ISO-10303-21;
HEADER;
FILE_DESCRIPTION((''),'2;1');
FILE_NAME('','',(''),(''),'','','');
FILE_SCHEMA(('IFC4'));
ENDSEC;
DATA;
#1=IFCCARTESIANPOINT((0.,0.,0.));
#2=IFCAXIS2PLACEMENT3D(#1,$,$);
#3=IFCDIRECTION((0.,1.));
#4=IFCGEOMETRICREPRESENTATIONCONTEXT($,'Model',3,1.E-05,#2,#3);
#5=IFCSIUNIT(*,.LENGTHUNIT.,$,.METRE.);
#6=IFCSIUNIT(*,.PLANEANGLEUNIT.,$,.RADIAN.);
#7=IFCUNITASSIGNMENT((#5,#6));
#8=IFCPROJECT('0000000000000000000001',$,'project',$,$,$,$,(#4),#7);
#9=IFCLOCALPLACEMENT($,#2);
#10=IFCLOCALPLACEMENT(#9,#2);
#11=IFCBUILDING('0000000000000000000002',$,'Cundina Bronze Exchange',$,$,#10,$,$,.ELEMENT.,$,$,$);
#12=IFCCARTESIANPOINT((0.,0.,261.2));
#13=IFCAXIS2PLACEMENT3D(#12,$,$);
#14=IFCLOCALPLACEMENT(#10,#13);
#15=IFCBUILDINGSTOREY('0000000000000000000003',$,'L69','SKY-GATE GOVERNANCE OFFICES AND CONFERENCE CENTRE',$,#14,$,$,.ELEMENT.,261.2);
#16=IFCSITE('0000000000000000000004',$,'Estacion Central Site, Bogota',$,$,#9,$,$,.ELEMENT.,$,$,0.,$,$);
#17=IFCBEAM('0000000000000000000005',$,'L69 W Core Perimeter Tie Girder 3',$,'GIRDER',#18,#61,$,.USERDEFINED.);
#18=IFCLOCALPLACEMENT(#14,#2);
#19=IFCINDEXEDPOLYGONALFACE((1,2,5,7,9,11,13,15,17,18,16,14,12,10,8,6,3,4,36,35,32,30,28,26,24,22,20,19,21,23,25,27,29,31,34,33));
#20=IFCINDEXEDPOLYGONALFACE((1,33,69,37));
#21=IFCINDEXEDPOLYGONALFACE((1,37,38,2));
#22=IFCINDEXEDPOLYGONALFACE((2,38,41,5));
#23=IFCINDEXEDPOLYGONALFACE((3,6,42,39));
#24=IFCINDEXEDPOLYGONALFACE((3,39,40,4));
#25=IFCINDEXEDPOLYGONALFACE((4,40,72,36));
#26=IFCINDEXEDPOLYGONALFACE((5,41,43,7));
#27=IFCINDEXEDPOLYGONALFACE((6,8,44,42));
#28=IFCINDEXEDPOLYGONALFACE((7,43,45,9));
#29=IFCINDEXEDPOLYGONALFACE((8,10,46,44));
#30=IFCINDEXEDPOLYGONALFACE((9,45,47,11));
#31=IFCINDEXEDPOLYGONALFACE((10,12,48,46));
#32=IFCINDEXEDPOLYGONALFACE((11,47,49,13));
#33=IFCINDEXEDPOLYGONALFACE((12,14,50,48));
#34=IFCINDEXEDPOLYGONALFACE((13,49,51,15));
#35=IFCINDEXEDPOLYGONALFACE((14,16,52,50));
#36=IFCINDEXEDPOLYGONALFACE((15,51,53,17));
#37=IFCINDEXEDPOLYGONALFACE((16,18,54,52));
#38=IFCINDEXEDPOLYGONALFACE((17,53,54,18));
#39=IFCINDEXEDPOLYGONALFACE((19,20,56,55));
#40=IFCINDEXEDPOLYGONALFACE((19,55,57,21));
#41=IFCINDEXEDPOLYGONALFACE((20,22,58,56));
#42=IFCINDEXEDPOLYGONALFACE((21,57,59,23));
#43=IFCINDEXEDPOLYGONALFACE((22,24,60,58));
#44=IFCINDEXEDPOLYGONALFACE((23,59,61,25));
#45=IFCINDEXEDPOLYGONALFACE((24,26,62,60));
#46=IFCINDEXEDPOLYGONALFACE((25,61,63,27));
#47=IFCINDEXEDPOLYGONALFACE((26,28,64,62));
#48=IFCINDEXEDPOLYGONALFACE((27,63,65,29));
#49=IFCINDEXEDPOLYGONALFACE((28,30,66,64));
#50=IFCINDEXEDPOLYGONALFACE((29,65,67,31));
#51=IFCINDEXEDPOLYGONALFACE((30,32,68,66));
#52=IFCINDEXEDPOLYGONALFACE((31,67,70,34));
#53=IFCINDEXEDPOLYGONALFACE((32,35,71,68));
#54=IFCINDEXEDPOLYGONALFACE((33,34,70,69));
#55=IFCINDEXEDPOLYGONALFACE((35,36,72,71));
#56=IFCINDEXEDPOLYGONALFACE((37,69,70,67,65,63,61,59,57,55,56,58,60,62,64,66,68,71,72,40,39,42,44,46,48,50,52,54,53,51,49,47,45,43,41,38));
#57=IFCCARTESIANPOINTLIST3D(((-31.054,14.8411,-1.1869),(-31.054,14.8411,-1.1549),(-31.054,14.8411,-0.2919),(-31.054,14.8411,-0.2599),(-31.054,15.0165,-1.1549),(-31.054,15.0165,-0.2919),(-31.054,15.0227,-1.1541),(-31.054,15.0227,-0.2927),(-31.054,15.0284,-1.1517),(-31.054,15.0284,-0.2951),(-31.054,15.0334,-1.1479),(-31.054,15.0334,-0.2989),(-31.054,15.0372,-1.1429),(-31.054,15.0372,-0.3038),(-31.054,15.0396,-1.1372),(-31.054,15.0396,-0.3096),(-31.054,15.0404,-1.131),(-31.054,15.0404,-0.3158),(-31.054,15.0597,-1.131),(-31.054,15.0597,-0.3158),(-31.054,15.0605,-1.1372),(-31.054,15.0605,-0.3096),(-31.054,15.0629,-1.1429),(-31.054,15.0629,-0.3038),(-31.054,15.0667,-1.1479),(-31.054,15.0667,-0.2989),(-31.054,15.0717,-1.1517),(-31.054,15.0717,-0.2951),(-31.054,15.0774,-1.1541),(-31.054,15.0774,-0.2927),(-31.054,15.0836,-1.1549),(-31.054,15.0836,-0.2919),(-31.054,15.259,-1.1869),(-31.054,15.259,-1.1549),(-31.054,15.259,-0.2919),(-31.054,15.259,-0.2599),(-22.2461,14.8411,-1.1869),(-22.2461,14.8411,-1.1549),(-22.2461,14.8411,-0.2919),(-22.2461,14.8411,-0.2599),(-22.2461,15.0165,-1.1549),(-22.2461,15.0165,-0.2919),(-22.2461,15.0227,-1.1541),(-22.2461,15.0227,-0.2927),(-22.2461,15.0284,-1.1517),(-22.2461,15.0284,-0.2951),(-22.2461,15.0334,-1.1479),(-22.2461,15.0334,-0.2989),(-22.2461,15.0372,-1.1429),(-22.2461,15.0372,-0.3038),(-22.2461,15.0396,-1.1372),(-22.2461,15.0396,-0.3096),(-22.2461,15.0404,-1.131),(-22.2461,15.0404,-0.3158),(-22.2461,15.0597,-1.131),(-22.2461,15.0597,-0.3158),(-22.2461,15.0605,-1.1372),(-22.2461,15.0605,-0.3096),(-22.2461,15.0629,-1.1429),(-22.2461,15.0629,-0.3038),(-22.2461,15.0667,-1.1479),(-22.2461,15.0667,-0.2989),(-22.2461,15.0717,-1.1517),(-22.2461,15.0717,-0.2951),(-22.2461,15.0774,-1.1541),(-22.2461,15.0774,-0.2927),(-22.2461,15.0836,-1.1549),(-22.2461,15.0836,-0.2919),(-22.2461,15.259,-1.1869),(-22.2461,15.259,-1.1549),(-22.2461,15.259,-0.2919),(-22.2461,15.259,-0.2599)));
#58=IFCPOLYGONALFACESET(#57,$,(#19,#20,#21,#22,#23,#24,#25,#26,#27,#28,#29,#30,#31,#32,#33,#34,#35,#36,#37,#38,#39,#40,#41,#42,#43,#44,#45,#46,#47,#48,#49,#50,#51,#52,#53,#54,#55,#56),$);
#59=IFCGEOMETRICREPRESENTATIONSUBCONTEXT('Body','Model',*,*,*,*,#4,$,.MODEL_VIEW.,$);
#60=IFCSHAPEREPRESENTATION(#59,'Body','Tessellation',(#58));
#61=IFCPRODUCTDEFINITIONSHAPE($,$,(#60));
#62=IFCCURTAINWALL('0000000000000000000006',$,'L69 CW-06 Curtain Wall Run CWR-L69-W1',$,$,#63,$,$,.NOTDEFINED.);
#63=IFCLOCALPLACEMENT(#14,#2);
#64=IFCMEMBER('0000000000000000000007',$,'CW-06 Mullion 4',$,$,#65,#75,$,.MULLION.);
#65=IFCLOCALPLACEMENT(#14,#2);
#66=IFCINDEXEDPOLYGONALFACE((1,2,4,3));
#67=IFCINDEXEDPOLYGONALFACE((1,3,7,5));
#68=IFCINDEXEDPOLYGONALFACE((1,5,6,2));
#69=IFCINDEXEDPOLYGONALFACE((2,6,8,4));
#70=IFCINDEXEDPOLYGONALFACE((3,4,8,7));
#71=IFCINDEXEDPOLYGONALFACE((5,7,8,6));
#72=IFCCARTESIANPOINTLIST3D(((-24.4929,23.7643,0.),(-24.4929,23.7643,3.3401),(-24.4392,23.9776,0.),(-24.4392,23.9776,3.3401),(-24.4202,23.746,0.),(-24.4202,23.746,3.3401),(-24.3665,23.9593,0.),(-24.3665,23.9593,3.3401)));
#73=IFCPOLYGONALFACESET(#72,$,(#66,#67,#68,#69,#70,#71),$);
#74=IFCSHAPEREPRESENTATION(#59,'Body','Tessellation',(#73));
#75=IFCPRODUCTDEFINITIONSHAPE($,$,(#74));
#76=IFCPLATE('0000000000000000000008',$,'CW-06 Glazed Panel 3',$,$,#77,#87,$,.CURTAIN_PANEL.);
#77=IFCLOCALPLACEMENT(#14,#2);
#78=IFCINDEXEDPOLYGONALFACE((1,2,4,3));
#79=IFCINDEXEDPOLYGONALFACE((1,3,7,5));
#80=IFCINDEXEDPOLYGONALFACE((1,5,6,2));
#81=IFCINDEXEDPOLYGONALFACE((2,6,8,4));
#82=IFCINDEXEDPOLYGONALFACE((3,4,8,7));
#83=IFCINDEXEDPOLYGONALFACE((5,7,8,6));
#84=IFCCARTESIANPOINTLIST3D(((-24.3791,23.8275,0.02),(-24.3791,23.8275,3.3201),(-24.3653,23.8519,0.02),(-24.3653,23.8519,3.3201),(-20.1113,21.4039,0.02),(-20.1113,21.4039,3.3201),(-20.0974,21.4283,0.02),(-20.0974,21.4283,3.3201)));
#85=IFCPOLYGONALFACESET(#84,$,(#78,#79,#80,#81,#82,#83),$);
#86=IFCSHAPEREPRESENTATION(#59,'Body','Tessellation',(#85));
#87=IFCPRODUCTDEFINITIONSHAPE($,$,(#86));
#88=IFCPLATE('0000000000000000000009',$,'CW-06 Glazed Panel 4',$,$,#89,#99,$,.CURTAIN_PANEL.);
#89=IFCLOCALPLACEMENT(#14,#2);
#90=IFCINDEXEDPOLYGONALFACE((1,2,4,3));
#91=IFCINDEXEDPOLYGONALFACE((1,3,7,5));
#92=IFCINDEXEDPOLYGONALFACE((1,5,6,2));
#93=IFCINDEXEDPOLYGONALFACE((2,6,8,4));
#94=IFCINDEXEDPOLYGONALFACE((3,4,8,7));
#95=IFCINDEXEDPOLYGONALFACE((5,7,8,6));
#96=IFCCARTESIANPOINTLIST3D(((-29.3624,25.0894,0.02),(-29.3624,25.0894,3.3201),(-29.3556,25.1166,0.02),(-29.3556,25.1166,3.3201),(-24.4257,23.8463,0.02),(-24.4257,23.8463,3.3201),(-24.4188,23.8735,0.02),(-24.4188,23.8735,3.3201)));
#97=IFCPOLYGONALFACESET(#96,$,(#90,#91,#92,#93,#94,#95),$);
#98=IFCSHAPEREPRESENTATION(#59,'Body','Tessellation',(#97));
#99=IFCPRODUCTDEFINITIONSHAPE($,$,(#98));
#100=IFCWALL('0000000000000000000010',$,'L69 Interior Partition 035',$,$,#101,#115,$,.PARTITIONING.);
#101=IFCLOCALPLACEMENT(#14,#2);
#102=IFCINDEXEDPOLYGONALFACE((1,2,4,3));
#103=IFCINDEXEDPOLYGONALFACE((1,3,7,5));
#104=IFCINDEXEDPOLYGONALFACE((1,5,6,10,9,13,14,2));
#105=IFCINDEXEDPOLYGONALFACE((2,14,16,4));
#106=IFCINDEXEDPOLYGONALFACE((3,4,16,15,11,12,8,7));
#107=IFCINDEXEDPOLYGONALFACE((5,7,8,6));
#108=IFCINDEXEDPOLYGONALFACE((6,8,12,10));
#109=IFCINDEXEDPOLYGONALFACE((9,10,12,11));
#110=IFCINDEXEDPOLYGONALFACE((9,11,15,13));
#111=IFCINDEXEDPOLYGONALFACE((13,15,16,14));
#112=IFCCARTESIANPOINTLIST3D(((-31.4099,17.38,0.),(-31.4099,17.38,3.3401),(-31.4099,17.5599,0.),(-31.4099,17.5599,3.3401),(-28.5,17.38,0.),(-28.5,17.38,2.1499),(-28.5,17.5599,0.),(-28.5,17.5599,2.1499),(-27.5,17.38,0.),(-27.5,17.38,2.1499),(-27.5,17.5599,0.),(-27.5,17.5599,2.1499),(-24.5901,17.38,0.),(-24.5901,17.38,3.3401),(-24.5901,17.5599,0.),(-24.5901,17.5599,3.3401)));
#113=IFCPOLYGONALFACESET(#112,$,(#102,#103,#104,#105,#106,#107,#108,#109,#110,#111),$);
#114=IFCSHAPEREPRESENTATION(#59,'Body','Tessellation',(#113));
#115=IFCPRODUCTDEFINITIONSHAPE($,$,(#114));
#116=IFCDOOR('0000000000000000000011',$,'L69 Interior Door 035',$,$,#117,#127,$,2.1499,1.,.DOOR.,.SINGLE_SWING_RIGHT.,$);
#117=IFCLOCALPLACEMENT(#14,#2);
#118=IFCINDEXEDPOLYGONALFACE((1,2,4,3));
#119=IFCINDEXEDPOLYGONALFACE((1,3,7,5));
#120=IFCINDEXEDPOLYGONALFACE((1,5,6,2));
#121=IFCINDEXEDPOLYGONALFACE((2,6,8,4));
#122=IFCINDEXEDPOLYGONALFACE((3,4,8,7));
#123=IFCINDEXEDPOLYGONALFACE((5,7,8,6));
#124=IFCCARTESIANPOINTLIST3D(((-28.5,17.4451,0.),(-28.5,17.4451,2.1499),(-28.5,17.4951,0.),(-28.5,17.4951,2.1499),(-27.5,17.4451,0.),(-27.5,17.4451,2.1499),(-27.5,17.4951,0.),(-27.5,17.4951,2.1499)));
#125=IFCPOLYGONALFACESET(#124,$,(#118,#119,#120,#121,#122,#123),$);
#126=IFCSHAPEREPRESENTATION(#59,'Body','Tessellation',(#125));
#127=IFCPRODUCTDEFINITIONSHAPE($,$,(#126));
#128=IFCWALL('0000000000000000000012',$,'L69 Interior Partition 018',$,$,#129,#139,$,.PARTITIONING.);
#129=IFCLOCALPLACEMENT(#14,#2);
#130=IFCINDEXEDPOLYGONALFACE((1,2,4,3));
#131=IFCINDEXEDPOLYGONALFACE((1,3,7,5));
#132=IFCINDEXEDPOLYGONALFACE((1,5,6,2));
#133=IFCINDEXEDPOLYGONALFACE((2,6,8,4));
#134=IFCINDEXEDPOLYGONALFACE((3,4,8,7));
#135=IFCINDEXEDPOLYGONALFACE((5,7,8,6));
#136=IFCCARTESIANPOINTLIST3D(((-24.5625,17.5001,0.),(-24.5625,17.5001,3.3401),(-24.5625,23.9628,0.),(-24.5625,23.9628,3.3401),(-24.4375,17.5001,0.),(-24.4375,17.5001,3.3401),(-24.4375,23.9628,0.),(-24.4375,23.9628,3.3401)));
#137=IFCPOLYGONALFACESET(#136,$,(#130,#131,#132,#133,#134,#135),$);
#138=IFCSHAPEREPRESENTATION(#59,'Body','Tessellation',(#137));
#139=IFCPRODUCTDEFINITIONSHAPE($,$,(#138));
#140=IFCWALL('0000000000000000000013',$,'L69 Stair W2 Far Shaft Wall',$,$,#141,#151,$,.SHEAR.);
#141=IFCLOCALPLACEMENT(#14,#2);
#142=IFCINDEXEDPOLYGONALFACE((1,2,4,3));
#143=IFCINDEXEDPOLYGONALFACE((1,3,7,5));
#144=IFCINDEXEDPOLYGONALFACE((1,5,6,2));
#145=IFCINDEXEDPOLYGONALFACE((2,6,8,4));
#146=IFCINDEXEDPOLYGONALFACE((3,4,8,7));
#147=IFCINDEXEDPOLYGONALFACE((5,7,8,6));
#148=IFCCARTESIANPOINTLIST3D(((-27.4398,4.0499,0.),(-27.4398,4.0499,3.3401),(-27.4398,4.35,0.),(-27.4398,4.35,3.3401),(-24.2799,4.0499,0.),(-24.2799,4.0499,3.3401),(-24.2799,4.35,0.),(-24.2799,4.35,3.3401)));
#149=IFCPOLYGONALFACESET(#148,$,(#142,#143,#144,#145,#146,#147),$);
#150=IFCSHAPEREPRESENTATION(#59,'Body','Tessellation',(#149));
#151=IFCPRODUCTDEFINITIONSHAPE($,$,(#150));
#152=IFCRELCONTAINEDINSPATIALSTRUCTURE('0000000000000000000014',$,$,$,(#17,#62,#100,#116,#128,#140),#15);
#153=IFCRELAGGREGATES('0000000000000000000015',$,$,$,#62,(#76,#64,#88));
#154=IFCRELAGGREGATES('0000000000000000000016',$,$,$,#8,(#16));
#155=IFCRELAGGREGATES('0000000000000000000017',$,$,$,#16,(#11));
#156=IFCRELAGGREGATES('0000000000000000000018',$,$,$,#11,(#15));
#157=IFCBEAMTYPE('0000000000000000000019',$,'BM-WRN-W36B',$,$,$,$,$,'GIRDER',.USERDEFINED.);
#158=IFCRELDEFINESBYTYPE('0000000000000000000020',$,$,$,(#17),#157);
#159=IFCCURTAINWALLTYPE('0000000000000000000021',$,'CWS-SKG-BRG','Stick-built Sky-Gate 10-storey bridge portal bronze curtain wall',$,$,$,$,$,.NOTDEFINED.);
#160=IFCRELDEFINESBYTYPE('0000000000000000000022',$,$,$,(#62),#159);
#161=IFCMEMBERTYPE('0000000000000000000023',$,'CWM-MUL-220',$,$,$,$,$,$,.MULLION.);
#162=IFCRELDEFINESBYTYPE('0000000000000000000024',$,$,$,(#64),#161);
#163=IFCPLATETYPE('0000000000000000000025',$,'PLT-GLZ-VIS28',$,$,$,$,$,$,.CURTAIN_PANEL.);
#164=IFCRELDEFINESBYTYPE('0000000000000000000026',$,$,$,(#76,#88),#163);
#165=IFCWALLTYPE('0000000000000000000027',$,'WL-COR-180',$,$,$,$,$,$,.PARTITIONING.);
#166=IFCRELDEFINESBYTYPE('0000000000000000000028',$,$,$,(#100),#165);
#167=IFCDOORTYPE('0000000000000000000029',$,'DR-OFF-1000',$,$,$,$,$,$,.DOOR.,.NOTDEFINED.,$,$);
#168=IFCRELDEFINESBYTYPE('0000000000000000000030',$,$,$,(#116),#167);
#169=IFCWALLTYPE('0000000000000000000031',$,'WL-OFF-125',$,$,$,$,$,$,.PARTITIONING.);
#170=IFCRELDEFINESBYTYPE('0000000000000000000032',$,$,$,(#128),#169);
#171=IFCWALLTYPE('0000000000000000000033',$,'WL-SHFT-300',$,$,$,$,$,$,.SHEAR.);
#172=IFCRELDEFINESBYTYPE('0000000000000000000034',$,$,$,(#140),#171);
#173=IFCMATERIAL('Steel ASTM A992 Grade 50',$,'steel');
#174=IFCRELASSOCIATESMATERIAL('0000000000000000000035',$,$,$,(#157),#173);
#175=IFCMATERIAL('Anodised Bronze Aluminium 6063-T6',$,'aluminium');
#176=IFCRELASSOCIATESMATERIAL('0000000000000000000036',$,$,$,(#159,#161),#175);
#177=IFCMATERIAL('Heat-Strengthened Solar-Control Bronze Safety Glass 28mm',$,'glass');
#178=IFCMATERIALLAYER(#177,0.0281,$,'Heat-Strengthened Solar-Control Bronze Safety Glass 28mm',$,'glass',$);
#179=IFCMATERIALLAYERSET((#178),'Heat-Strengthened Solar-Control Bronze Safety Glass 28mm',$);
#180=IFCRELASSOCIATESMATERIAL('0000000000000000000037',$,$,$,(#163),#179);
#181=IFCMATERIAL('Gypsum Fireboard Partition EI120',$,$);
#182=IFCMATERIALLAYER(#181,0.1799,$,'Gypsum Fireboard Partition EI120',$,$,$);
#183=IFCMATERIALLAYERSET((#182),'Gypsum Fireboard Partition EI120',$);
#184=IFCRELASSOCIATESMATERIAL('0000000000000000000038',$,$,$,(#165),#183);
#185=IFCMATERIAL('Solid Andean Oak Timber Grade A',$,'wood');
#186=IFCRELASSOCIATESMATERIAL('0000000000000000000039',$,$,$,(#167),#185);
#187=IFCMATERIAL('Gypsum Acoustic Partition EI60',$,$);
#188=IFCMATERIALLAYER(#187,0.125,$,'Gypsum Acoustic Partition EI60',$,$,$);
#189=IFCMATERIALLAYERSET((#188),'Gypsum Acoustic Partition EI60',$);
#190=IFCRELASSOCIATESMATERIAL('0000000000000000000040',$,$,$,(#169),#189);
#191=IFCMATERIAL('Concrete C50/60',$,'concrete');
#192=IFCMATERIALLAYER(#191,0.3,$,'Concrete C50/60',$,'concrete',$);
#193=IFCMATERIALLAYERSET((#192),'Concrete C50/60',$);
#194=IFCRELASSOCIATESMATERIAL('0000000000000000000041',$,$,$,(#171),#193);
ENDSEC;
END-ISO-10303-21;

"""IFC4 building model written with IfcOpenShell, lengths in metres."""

from ifc_helpers import new_model, si_unit, direction, frame, frame_2d, origin, origin_2d, place, context, subcontext, project, spatial, rectangle, i_section, extrude, material, layer, layer_set, material_profile, profile_set, type_object, element, fill, aggregate, save


model = new_model("IFC4")

# Units and contexts
model_context = context("Model", 3, precision=1e-05, world=origin(), true_north=direction((0.0, 1.0)))
body_context = subcontext(model_context, "Body", "Model", "MODEL_VIEW")
ifc_project = project(units=[si_unit("LENGTHUNIT", "METRE"), si_unit("PLANEANGLEUNIT", "RADIAN")], contexts=[model_context])

# Site, building, storey
site_placement = place(None, origin())
site = spatial("IfcSite", under=ifc_project, at=site_placement, Name="Estacion Central Site, Bogota", CompositionType="ELEMENT", RefElevation=0.0)
building_placement = place(site_placement, origin())
building = spatial("IfcBuilding", under=site, at=building_placement, Name="Cundina Bronze Exchange", CompositionType="ELEMENT")
storey_placement = place(building_placement, frame((0.0, 0.0, 261.2)))
storey = spatial("IfcBuildingStorey", under=building, at=storey_placement, Name="L69", Description="SKY-GATE GOVERNANCE OFFICES AND CONFERENCE CENTRE", CompositionType="ELEMENT", Elevation=261.2)

# Shared definitions
ifc_material_1 = material(Name="Concrete C50/60", Category="concrete")
ifc_material_2 = material(Name="Steel ASTM A992 Grade 50", Category="steel")

# Beam
ifc_material_profile_1 = material_profile(ifc_material_2, i_section(OverallWidth=0.418, OverallDepth=0.927, WebThickness=0.0193, FlangeThickness=0.032, FilletRadius=0.0239, at=origin_2d()), Name="W36X231", Category="steel")
ifc_profile_set_1 = profile_set([ifc_material_profile_1], Name="Steel ASTM A992 Grade 50")
beam_type_1 = type_object("IfcBeamType", Name="BM-WRN-W36B", ElementType="GIRDER", PredefinedType="USERDEFINED", material=ifc_profile_set_1)
beam_1_placement = place(storey_placement, frame((-22.2461, 15.05, -0.7234), z_axis=(-1.0, 0.0, 0.0), x_axis=(0.0, -1.0, 0.0)))
element("IfcBeam", 1, at=beam_1_placement, inside=storey, type_object=beam_type_1, Name="L69 W Core Perimeter Tie Girder 3", ObjectType="GIRDER", PredefinedType="USERDEFINED", context=body_context, shape_type="SweptSolid", body=[
    extrude(i_section(OverallWidth=0.418, OverallDepth=0.927, WebThickness=0.0193, FlangeThickness=0.032, FilletRadius=0.0239, at=origin_2d()), origin(), (0.0, 0.0, 1.0), 8.8079),
])

# Curtain wall, member, plates
ifc_material_3 = material(Name="Anodised Bronze Aluminium 6063-T6", Category="aluminium")
curtain_wall_type = type_object("IfcCurtainWallType", Name="CWS-SKG-BRG", Description="Stick-built Sky-Gate 10-storey bridge portal bronze curtain wall", PredefinedType="NOTDEFINED", material=ifc_material_3)
curtain_wall_placement = place(storey_placement, origin())
curtain_wall = element("IfcCurtainWall", 2, at=curtain_wall_placement, inside=storey, type_object=curtain_wall_type, Name="L69 CW-06 Curtain Wall Run CWR-L69-W1", PredefinedType="NOTDEFINED")
ifc_material_profile_2 = material_profile(ifc_material_3, rectangle(XDim=0.075, YDim=0.22, at=origin_2d()), Name="AL75X220", Category="aluminium")
ifc_profile_set_2 = profile_set([ifc_material_profile_2], Name="Anodised Bronze Aluminium 6063-T6")
member_type = type_object("IfcMemberType", Name="CWM-MUL-220", PredefinedType="MULLION", material=ifc_profile_set_2)
member_placement = place(storey_placement, frame((-24.4297, 23.8618, 0.0), z_axis=(0.0, 0.0, 1.0), x_axis=(-0.969744, 0.244123, 0.0)))
member = element("IfcMember", 3, at=member_placement, type_object=member_type, Name="CW-06 Mullion 4", PredefinedType="MULLION", context=body_context, shape_type="SweptSolid", body=[
    extrude(rectangle(XDim=0.075, YDim=0.22, at=origin_2d()), origin(), (0.0, 0.0, 1.0), 3.3401),
])
ifc_material_4 = material(Name="Heat-Strengthened Solar-Control Bronze Safety Glass 28mm", Category="glass")
ifc_layer_1 = layer(ifc_material_4, 0.0281, Name="Heat-Strengthened Solar-Control Bronze Safety Glass 28mm", Category="glass")
ifc_layer_set_1 = layer_set([ifc_layer_1], Name="Heat-Strengthened Solar-Control Bronze Safety Glass 28mm")
plate_type = type_object("IfcPlateType", Name="PLT-GLZ-VIS28", PredefinedType="CURTAIN_PANEL", material=ifc_layer_set_1)
plate_1_placement = place(storey_placement, frame((-22.2383, 22.6279, 0.02), z_axis=(0.0, 0.0, 1.0), x_axis=(-0.869573, 0.493805, 0.0)))
plate_1 = element("IfcPlate", 4, at=plate_1_placement, type_object=plate_type, Name="CW-06 Glazed Panel 3", PredefinedType="CURTAIN_PANEL", context=body_context, shape_type="SweptSolid", body=[
    extrude(rectangle(XDim=4.908, YDim=0.0281, at=origin_2d()), origin(), (0.0, 0.0, 1.0), 3.3),
])
plate_2_placement = place(storey_placement, frame((-26.8906, 24.4814, 0.02), z_axis=(0.0, 0.0, 1.0), x_axis=(-0.969732, 0.244174, 0.0)))
plate_2 = element("IfcPlate", 5, at=plate_2_placement, type_object=plate_type, Name="CW-06 Glazed Panel 4", PredefinedType="CURTAIN_PANEL", context=body_context, shape_type="SweptSolid", body=[
    extrude(rectangle(XDim=5.0908, YDim=0.0281, at=origin_2d()), origin(), (0.0, 0.0, 1.0), 3.3),
])
aggregate(curtain_wall, [plate_1, member, plate_2])

# Wall, opening, door
ifc_material_5 = material(Name="Gypsum Fireboard Partition EI120")
ifc_layer_2 = layer(ifc_material_5, 0.1799, Name="Gypsum Fireboard Partition EI120")
ifc_layer_set_2 = layer_set([ifc_layer_2], Name="Gypsum Fireboard Partition EI120")
wall_type_1 = type_object("IfcWallType", Name="WL-COR-180", PredefinedType="PARTITIONING", material=ifc_layer_set_2)
wall_1_placement = place(storey_placement, frame((-24.5901, 17.47, 0.0), z_axis=(0.0, 0.0, 1.0), x_axis=(-1.0, 0.0, 0.0)))
wall_1 = element("IfcWall", 6, at=wall_1_placement, inside=storey, type_object=wall_type_1, Name="L69 Interior Partition 035", PredefinedType="PARTITIONING", context=body_context, shape_type="SweptSolid", body=[
    extrude(rectangle(XDim=6.8198, YDim=0.1799, at=frame_2d((3.4099, 0.0))), origin(), (0.0, 0.0, 1.0), 3.3401),
])
opening_1_placement = place(wall_1_placement, frame((2.9099, 0.0, 0.0)))
opening_1 = element("IfcOpeningElement", 7, at=opening_1_placement, cuts=wall_1, PredefinedType="OPENING", context=body_context, shape_type="SweptSolid", body=[
    extrude(rectangle(XDim=1.0, YDim=2.1499, at=frame_2d((0.5, 1.075))), frame((0.0, 0.0999, 0.0), z_axis=(0.0, -1.0, 0.0), x_axis=(1.0, 0.0, 0.0)), (0.0, 0.0, 1.0), 0.2),
])
ifc_material_6 = material(Name="Solid Andean Oak Timber Grade A", Category="wood")
door_type_1 = type_object("IfcDoorType", Name="DR-OFF-1000", OperationType="NOTDEFINED", PredefinedType="DOOR", material=ifc_material_6)
door_1_placement = place(opening_1_placement, origin())
door_1 = element("IfcDoor", 8, at=door_1_placement, inside=storey, type_object=door_type_1, Name="L69 Interior Door 035", OperationType="SINGLE_SWING_RIGHT", OverallHeight=2.1499, OverallWidth=1.0, PredefinedType="DOOR", context=body_context, shape_type="SweptSolid", body=[
    extrude(rectangle(XDim=1.0, YDim=2.1499, at=frame_2d((0.5, 1.075))), frame((0.0, 0.0249, 0.0), z_axis=(0.0, -1.0, 0.0), x_axis=(1.0, 0.0, 0.0)), (0.0, 0.0, 1.0), 0.05),
])
fill(opening_1, door_1)

# Wall
ifc_material_7 = material(Name="Gypsum Acoustic Partition EI60")
ifc_layer_3 = layer(ifc_material_7, 0.125, Name="Gypsum Acoustic Partition EI60")
ifc_layer_set_3 = layer_set([ifc_layer_3], Name="Gypsum Acoustic Partition EI60")
wall_type_2 = type_object("IfcWallType", Name="WL-OFF-125", PredefinedType="PARTITIONING", material=ifc_layer_set_3)
wall_2_placement = place(storey_placement, frame((-24.5, 17.5, 0.0), z_axis=(0.0, 0.0, 1.0), x_axis=(0.0, 1.0, 0.0)))
element("IfcWall", 9, at=wall_2_placement, inside=storey, type_object=wall_type_2, Name="L69 Interior Partition 018", PredefinedType="PARTITIONING", context=body_context, shape_type="SweptSolid", body=[
    extrude(rectangle(XDim=6.4626, YDim=0.125, at=frame_2d((3.2314, 0.0))), origin(), (0.0, 0.0, 1.0), 3.3401),
])

# Shared definitions
ifc_layer_4 = layer(ifc_material_1, 0.3, Name="Concrete C50/60", Category="concrete")
ifc_layer_set_4 = layer_set([ifc_layer_4], Name="Concrete C50/60")
wall_type_3 = type_object("IfcWallType", Name="WL-SHFT-300", PredefinedType="SHEAR", material=ifc_layer_set_4)

# Wall
wall_3_placement = place(storey_placement, frame((-27.4399, 4.2, 0.0), z_axis=(0.0, 0.0, 1.0), x_axis=(1.0, 0.0, 0.0)))
element("IfcWall", 10, at=wall_3_placement, inside=storey, type_object=wall_type_3, Name="L69 Stair W2 Far Shaft Wall", PredefinedType="SHEAR", context=body_context, shape_type="SweptSolid", body=[
    extrude(rectangle(XDim=3.1599, YDim=0.3, at=frame_2d((1.5801, 0.0))), origin(), (0.0, 0.0, 1.0), 3.3401),
])

save(model, "model.ifc")
